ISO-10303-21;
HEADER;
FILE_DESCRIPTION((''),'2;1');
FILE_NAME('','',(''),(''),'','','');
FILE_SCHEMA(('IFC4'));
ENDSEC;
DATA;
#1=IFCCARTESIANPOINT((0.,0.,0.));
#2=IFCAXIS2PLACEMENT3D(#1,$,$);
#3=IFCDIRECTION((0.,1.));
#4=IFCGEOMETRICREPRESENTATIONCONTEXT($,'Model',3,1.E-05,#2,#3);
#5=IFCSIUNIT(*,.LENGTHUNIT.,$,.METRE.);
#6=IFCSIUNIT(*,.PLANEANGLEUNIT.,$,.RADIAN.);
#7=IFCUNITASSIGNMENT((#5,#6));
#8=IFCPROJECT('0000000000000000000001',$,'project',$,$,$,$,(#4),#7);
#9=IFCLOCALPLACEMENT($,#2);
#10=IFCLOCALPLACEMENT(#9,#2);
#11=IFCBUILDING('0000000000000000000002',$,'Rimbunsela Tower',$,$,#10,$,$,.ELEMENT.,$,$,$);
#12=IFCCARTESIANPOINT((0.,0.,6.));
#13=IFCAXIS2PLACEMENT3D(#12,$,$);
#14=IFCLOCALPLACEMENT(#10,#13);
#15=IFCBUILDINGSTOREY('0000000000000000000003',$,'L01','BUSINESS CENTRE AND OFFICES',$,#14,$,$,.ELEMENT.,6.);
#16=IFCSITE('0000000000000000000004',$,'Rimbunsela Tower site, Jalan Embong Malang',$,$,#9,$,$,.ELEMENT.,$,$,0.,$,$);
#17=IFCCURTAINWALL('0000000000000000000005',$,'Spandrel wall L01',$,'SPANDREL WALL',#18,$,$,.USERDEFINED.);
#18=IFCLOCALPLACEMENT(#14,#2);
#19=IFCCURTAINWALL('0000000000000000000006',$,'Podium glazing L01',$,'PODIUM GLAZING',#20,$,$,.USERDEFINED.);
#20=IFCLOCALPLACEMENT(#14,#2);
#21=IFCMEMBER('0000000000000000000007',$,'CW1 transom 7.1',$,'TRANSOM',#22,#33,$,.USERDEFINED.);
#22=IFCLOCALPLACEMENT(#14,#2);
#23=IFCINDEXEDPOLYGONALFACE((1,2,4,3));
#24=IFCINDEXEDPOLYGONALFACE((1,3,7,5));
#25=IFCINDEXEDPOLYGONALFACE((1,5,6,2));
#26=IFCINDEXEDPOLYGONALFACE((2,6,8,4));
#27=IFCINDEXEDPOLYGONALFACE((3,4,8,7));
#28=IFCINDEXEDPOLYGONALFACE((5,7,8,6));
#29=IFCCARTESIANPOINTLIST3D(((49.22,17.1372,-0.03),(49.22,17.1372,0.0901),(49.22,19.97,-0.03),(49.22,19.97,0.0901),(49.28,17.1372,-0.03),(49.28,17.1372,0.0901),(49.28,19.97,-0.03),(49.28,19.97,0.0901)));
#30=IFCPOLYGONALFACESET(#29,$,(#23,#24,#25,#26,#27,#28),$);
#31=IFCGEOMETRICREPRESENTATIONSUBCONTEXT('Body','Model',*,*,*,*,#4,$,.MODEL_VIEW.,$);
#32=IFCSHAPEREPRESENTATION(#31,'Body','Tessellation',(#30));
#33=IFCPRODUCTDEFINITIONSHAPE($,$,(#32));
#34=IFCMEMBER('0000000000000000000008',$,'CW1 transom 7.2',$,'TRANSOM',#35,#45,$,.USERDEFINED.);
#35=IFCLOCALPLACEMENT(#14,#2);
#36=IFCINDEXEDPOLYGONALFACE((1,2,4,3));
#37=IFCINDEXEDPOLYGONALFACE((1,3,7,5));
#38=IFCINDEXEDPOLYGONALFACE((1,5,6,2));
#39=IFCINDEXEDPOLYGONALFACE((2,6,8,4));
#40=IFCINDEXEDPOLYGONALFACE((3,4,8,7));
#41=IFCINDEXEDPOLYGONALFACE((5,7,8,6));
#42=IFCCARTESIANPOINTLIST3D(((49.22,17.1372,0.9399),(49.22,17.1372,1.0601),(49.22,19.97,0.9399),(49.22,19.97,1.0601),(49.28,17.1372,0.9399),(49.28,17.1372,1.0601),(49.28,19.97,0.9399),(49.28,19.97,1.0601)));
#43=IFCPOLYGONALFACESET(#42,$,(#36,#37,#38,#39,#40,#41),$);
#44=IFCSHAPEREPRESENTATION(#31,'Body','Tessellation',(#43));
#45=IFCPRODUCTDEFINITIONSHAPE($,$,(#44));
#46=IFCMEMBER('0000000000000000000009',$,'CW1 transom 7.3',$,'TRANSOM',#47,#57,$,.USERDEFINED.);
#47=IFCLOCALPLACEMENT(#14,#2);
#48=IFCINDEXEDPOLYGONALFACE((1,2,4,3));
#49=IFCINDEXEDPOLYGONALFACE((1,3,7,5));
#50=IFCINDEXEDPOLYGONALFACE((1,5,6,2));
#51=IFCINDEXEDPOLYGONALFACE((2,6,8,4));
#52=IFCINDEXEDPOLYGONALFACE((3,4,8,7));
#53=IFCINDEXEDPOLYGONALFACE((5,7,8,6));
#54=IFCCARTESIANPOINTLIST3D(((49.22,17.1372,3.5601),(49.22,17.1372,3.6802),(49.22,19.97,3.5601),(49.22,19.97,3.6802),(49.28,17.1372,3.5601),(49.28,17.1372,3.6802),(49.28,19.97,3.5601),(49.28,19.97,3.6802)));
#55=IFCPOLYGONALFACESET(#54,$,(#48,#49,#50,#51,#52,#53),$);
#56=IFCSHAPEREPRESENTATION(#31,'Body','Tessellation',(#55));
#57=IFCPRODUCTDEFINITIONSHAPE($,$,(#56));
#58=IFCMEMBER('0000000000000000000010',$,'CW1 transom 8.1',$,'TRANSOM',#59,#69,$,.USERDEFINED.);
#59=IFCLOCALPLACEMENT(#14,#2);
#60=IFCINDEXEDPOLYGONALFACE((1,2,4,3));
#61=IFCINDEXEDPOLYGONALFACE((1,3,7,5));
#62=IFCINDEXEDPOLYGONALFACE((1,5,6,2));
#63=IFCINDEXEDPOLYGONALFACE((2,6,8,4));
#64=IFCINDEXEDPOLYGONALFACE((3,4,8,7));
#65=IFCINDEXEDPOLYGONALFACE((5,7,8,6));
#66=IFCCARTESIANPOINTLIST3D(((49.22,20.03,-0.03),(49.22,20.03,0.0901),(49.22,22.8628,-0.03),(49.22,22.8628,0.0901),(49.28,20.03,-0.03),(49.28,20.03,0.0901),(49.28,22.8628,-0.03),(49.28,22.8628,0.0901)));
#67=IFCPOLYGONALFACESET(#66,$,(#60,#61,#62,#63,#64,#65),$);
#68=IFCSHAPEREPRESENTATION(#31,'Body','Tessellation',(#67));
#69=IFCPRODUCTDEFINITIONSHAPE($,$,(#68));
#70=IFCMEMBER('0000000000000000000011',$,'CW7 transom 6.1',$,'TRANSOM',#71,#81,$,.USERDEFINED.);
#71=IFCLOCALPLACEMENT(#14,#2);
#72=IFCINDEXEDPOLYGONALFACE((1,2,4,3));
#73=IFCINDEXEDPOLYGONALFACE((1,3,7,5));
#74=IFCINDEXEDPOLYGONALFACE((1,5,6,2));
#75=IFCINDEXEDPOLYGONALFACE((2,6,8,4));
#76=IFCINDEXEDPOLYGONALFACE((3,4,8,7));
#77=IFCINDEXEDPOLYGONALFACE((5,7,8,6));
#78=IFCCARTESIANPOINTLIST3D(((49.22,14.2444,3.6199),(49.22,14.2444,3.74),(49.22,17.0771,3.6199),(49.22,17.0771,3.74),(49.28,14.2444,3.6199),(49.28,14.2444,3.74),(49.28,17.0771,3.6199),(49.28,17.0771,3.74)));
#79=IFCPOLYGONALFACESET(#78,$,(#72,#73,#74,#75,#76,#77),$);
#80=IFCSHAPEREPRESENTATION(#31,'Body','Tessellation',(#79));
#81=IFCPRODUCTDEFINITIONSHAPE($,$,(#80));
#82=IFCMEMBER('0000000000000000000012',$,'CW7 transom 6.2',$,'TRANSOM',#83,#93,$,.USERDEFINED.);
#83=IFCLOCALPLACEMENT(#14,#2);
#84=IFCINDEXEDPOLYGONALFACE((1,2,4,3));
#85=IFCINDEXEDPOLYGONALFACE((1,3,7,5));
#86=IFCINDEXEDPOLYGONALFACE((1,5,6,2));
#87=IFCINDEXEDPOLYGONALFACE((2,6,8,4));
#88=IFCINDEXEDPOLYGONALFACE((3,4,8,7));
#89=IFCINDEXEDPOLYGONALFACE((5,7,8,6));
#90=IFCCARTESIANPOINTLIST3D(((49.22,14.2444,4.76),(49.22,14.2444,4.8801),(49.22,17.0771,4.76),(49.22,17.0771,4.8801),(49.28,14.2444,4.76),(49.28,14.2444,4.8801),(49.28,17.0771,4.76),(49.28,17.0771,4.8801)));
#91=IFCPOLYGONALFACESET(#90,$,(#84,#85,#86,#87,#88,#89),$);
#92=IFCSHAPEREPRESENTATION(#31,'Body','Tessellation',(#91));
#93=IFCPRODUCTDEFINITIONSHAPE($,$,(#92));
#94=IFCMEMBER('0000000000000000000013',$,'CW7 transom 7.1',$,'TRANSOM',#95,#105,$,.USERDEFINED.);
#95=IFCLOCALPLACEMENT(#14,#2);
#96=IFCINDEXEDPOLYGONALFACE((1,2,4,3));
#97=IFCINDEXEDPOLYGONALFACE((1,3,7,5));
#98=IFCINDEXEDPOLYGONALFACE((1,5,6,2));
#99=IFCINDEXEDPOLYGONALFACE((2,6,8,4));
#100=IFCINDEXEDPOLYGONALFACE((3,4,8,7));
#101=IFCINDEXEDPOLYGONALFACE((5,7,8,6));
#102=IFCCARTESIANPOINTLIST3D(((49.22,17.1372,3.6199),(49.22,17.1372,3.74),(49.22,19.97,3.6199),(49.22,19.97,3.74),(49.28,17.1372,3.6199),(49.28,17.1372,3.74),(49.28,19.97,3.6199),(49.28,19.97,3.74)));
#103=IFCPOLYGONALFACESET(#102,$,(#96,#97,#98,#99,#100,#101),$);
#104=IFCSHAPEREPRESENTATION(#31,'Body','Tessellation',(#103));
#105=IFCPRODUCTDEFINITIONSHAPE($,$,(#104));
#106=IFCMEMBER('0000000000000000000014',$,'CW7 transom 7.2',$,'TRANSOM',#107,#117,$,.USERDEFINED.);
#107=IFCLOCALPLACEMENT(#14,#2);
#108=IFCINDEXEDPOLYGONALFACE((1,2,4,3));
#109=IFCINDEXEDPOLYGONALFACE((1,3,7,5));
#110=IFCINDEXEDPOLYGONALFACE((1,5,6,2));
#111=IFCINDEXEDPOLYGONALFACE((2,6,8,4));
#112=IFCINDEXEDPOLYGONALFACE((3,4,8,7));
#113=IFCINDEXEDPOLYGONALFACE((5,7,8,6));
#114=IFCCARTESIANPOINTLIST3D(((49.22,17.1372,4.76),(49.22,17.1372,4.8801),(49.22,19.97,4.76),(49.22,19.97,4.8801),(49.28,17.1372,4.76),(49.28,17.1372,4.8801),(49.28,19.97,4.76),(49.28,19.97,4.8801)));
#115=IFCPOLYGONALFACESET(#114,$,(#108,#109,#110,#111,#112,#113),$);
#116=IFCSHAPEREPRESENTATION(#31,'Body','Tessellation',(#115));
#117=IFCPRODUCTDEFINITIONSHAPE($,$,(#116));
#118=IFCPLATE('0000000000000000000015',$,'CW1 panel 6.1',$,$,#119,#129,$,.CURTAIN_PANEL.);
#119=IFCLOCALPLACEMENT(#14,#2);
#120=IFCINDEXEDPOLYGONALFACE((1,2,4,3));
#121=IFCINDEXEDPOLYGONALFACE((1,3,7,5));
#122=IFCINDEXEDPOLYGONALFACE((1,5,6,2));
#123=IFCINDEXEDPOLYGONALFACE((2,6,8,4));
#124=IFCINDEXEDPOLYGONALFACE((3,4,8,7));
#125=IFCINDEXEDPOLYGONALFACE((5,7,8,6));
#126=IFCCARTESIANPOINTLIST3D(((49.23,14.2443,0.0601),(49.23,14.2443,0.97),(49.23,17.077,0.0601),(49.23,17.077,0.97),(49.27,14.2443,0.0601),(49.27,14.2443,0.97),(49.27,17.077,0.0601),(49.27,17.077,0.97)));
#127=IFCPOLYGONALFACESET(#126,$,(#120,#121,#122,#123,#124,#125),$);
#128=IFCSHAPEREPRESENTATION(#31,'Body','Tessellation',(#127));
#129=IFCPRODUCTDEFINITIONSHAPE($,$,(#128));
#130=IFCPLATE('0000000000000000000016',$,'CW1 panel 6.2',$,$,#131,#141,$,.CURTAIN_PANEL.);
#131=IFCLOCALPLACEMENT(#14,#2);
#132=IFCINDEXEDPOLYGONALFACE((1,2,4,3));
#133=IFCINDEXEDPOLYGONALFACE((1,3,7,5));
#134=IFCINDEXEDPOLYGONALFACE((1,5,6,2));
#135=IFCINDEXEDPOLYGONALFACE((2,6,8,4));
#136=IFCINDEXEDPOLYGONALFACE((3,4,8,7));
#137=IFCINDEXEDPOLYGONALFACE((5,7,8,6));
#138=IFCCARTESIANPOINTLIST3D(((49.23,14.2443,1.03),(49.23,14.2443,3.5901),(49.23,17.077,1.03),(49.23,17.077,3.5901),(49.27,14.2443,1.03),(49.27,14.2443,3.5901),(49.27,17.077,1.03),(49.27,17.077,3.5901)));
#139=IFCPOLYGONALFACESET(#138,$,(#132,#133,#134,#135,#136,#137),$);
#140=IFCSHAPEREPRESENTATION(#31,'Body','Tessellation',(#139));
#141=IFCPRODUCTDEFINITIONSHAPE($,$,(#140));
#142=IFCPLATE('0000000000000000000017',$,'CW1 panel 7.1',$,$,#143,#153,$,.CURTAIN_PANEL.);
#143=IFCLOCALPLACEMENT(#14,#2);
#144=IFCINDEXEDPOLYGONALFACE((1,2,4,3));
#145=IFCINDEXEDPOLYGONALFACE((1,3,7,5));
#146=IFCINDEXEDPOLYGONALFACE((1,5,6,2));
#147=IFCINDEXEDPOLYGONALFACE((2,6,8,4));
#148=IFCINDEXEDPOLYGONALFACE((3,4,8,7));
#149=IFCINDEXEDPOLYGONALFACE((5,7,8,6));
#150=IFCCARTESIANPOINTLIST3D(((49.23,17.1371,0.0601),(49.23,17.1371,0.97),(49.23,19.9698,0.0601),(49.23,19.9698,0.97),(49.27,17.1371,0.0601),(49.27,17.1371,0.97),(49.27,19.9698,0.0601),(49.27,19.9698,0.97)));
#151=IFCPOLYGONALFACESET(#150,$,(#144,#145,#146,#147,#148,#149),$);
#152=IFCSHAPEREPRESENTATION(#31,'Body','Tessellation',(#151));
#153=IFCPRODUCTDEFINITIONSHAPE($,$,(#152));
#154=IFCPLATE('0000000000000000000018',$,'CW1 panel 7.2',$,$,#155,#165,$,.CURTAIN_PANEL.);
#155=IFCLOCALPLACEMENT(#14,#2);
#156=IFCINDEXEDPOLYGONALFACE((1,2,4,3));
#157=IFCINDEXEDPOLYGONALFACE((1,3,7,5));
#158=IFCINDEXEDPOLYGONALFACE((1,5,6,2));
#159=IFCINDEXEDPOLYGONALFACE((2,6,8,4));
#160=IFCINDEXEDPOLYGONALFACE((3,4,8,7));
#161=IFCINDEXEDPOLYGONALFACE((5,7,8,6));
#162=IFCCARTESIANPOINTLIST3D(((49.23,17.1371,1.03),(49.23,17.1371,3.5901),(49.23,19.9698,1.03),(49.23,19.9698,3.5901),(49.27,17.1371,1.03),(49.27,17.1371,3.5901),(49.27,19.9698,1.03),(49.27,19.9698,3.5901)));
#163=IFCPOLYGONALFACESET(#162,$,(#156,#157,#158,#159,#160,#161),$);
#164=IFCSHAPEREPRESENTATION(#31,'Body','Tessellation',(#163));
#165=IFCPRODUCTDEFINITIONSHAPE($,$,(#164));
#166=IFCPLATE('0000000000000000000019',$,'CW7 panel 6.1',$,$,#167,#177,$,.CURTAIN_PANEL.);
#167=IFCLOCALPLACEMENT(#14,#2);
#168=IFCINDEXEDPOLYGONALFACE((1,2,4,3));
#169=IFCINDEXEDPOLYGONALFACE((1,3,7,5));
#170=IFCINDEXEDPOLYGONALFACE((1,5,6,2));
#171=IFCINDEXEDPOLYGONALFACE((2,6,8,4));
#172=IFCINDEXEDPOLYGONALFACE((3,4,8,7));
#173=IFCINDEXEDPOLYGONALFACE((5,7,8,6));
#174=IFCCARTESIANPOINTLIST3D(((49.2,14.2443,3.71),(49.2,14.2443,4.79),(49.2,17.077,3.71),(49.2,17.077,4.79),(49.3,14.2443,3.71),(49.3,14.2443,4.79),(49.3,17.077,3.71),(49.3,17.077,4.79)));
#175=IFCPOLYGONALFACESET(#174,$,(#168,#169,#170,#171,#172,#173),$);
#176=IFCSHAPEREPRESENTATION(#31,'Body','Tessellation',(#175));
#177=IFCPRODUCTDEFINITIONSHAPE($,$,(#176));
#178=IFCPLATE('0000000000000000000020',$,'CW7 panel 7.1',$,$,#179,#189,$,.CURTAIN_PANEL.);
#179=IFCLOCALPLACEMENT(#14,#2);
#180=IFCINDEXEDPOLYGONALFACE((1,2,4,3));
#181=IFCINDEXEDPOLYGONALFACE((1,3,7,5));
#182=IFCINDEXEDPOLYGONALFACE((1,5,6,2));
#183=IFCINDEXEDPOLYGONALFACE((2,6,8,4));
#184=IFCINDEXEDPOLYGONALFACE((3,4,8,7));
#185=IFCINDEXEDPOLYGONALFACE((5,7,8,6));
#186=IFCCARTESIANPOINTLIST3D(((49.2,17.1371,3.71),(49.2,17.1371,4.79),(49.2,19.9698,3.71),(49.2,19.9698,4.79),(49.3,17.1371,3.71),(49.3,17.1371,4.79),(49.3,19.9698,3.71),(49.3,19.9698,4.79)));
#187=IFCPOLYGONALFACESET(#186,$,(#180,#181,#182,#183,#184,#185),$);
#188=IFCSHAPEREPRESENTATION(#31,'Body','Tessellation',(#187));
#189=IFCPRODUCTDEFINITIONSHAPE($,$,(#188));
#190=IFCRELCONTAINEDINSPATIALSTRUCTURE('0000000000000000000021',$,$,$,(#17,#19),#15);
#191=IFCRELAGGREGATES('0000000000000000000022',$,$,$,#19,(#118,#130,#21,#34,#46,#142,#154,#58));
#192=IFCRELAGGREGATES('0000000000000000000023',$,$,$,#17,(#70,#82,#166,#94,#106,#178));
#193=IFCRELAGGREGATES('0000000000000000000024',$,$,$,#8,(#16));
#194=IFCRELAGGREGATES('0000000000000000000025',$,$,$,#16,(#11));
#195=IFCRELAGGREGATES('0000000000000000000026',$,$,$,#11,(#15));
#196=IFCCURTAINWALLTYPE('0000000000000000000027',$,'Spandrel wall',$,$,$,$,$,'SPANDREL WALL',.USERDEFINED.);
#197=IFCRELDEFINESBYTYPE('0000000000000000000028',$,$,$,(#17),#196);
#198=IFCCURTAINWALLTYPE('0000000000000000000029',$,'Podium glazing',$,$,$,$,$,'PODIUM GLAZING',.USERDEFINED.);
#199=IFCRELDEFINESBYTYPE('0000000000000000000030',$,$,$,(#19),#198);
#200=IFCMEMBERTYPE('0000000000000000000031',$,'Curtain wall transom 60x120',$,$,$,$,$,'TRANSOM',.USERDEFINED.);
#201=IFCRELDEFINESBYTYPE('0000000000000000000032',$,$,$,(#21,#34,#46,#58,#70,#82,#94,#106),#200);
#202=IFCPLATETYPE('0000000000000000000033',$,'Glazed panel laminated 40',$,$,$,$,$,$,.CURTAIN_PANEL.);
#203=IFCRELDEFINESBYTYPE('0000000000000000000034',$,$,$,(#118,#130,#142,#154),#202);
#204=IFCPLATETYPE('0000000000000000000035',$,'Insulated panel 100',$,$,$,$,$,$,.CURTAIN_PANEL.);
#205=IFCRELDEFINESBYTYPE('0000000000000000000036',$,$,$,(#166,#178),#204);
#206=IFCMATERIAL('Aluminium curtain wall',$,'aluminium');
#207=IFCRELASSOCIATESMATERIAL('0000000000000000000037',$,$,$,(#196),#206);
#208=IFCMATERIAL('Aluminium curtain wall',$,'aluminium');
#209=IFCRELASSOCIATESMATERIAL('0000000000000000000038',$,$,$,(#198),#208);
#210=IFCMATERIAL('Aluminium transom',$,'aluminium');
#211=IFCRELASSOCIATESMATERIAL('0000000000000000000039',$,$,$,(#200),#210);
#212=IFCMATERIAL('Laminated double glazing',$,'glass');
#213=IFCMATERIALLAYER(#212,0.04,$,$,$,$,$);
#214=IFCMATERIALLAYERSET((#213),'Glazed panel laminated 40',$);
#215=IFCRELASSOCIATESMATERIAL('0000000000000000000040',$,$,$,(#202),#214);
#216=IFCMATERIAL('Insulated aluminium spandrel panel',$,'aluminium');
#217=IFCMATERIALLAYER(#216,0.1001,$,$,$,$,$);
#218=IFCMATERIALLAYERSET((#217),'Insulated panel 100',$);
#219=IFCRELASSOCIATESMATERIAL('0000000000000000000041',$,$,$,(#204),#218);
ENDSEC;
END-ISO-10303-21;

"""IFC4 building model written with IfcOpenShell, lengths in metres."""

from ifc_helpers import new_model, si_unit, direction, frame, origin, origin_2d, place, context, subcontext, project, spatial, rectangle, extrude, material, layer, layer_set, material_profile, profile_set, type_object, element, aggregate, save


model = new_model("IFC4")

# Units and contexts
model_context = context("Model", 3, precision=1e-05, world=origin(), true_north=direction((0.0, 1.0)))
body_context = subcontext(model_context, "Body", "Model", "MODEL_VIEW")
ifc_project = project(units=[si_unit("LENGTHUNIT", "METRE"), si_unit("PLANEANGLEUNIT", "RADIAN")], contexts=[model_context])

# Site, building, storey
site_placement = place(None, origin())
site = spatial("IfcSite", under=ifc_project, at=site_placement, Name="Rimbunsela Tower site, Jalan Embong Malang", CompositionType="ELEMENT", RefElevation=0.0)
building_placement = place(site_placement, origin())
building = spatial("IfcBuilding", under=site, at=building_placement, Name="Rimbunsela Tower", CompositionType="ELEMENT")
storey_placement = place(building_placement, frame((0.0, 0.0, 6.0)))
storey = spatial("IfcBuildingStorey", under=building, at=storey_placement, Name="L01", Description="BUSINESS CENTRE AND OFFICES", CompositionType="ELEMENT", Elevation=6.0)

# Curtain walls, members
ifc_material_1 = material(Name="Aluminium curtain wall", Category="aluminium")
curtain_wall_type_1 = type_object("IfcCurtainWallType", Name="Spandrel wall", ElementType="SPANDREL WALL", PredefinedType="USERDEFINED", material=ifc_material_1)
curtain_wall_1_placement = place(storey_placement, origin())
curtain_wall_1 = element("IfcCurtainWall", 1, at=curtain_wall_1_placement, inside=storey, type_object=curtain_wall_type_1, Name="Spandrel wall L01", ObjectType="SPANDREL WALL", PredefinedType="USERDEFINED")
ifc_material_2 = material(Name="Aluminium curtain wall", Category="aluminium")
curtain_wall_type_2 = type_object("IfcCurtainWallType", Name="Podium glazing", ElementType="PODIUM GLAZING", PredefinedType="USERDEFINED", material=ifc_material_2)
curtain_wall_2_placement = place(storey_placement, origin())
curtain_wall_2 = element("IfcCurtainWall", 2, at=curtain_wall_2_placement, inside=storey, type_object=curtain_wall_type_2, Name="Podium glazing L01", ObjectType="PODIUM GLAZING", PredefinedType="USERDEFINED")
ifc_material_3 = material(Name="Aluminium transom", Category="aluminium")
ifc_material_profile_1 = material_profile(ifc_material_3, rectangle(XDim=0.0601, YDim=0.1201, at=origin_2d()), Name="Transom 60x120")
ifc_profile_set_1 = profile_set([ifc_material_profile_1], Name="Aluminium transom")
member_type_1 = type_object("IfcMemberType", Name="Curtain wall transom 60x120", ElementType="TRANSOM", PredefinedType="USERDEFINED", material=ifc_profile_set_1)
member_1_placement = place(storey_placement, frame((49.25, 17.1372, 0.03), z_axis=(0.0, 1.0, 0.0), x_axis=(-1.0, 0.0, 0.0)))
member_1 = element("IfcMember", 3, at=member_1_placement, type_object=member_type_1, Name="CW1 transom 7.1", ObjectType="TRANSOM", PredefinedType="USERDEFINED", context=body_context, shape_type="SweptSolid", body=[
    extrude(rectangle(XDim=0.0601, YDim=0.1201, at=origin_2d()), origin(), (0.0, 0.0, 1.0), 2.8328),
])
member_2_placement = place(storey_placement, frame((49.25, 17.1372, 1.0), z_axis=(0.0, 1.0, 0.0), x_axis=(-1.0, 0.0, 0.0)))
member_2 = element("IfcMember", 4, at=member_2_placement, type_object=member_type_1, Name="CW1 transom 7.2", ObjectType="TRANSOM", PredefinedType="USERDEFINED", context=body_context, shape_type="SweptSolid", body=[
    extrude(rectangle(XDim=0.0601, YDim=0.1201, at=origin_2d()), origin(), (0.0, 0.0, 1.0), 2.8328),
])
member_3_placement = place(storey_placement, frame((49.25, 17.1372, 3.6201), z_axis=(0.0, 1.0, 0.0), x_axis=(-1.0, 0.0, 0.0)))
member_3 = element("IfcMember", 5, at=member_3_placement, type_object=member_type_1, Name="CW1 transom 7.3", ObjectType="TRANSOM", PredefinedType="USERDEFINED", context=body_context, shape_type="SweptSolid", body=[
    extrude(rectangle(XDim=0.0601, YDim=0.1201, at=origin_2d()), origin(), (0.0, 0.0, 1.0), 2.8328),
])
member_4_placement = place(storey_placement, frame((49.25, 20.03, 0.03), z_axis=(0.0, 1.0, 0.0), x_axis=(-1.0, 0.0, 0.0)))
member_4 = element("IfcMember", 6, at=member_4_placement, type_object=member_type_1, Name="CW1 transom 8.1", ObjectType="TRANSOM", PredefinedType="USERDEFINED", context=body_context, shape_type="SweptSolid", body=[
    extrude(rectangle(XDim=0.0601, YDim=0.1201, at=origin_2d()), origin(), (0.0, 0.0, 1.0), 2.8328),
])

# Members
member_5_placement = place(storey_placement, frame((49.25, 14.2444, 3.6799), z_axis=(0.0, 1.0, 0.0), x_axis=(-1.0, 0.0, 0.0)))
member_5 = element("IfcMember", 7, at=member_5_placement, type_object=member_type_1, Name="CW7 transom 6.1", ObjectType="TRANSOM", PredefinedType="USERDEFINED", context=body_context, shape_type="SweptSolid", body=[
    extrude(rectangle(XDim=0.0601, YDim=0.1201, at=origin_2d()), origin(), (0.0, 0.0, 1.0), 2.8328),
])
member_6_placement = place(storey_placement, frame((49.25, 14.2444, 4.8201), z_axis=(0.0, 1.0, 0.0), x_axis=(-1.0, 0.0, 0.0)))
member_6 = element("IfcMember", 8, at=member_6_placement, type_object=member_type_1, Name="CW7 transom 6.2", ObjectType="TRANSOM", PredefinedType="USERDEFINED", context=body_context, shape_type="SweptSolid", body=[
    extrude(rectangle(XDim=0.0601, YDim=0.1201, at=origin_2d()), origin(), (0.0, 0.0, 1.0), 2.8328),
])
member_7_placement = place(storey_placement, frame((49.25, 17.1372, 3.6799), z_axis=(0.0, 1.0, 0.0), x_axis=(-1.0, 0.0, 0.0)))
member_7 = element("IfcMember", 9, at=member_7_placement, type_object=member_type_1, Name="CW7 transom 7.1", ObjectType="TRANSOM", PredefinedType="USERDEFINED", context=body_context, shape_type="SweptSolid", body=[
    extrude(rectangle(XDim=0.0601, YDim=0.1201, at=origin_2d()), origin(), (0.0, 0.0, 1.0), 2.8328),
])
member_8_placement = place(storey_placement, frame((49.25, 17.1372, 4.8201), z_axis=(0.0, 1.0, 0.0), x_axis=(-1.0, 0.0, 0.0)))
member_8 = element("IfcMember", 10, at=member_8_placement, type_object=member_type_1, Name="CW7 transom 7.2", ObjectType="TRANSOM", PredefinedType="USERDEFINED", context=body_context, shape_type="SweptSolid", body=[
    extrude(rectangle(XDim=0.0601, YDim=0.1201, at=origin_2d()), origin(), (0.0, 0.0, 1.0), 2.8328),
])

# Plates
ifc_material_4 = material(Name="Laminated double glazing", Category="glass")
ifc_layer_1 = layer(ifc_material_4, 0.04)
ifc_layer_set_1 = layer_set([ifc_layer_1], Name="Glazed panel laminated 40")
plate_type_1 = type_object("IfcPlateType", Name="Glazed panel laminated 40", PredefinedType="CURTAIN_PANEL", material=ifc_layer_set_1)
plate_1_placement = place(storey_placement, frame((49.25, 15.6606, 0.0601), z_axis=(0.0, 0.0, 1.0), x_axis=(0.0, 1.0, 0.0)))
plate_1 = element("IfcPlate", 11, at=plate_1_placement, type_object=plate_type_1, Name="CW1 panel 6.1", PredefinedType="CURTAIN_PANEL", context=body_context, shape_type="SweptSolid", body=[
    extrude(rectangle(XDim=2.8328, YDim=0.04, at=origin_2d()), origin(), (0.0, 0.0, 1.0), 0.9099),
])
plate_2_placement = place(storey_placement, frame((49.25, 15.6606, 1.03), z_axis=(0.0, 0.0, 1.0), x_axis=(0.0, 1.0, 0.0)))
plate_2 = element("IfcPlate", 12, at=plate_2_placement, type_object=plate_type_1, Name="CW1 panel 6.2", PredefinedType="CURTAIN_PANEL", context=body_context, shape_type="SweptSolid", body=[
    extrude(rectangle(XDim=2.8328, YDim=0.04, at=origin_2d()), origin(), (0.0, 0.0, 1.0), 2.5601),
])
plate_3_placement = place(storey_placement, frame((49.25, 18.5535, 0.0601), z_axis=(0.0, 0.0, 1.0), x_axis=(0.0, 1.0, 0.0)))
plate_3 = element("IfcPlate", 13, at=plate_3_placement, type_object=plate_type_1, Name="CW1 panel 7.1", PredefinedType="CURTAIN_PANEL", context=body_context, shape_type="SweptSolid", body=[
    extrude(rectangle(XDim=2.8328, YDim=0.04, at=origin_2d()), origin(), (0.0, 0.0, 1.0), 0.9099),
])
plate_4_placement = place(storey_placement, frame((49.25, 18.5535, 1.03), z_axis=(0.0, 0.0, 1.0), x_axis=(0.0, 1.0, 0.0)))
plate_4 = element("IfcPlate", 14, at=plate_4_placement, type_object=plate_type_1, Name="CW1 panel 7.2", PredefinedType="CURTAIN_PANEL", context=body_context, shape_type="SweptSolid", body=[
    extrude(rectangle(XDim=2.8328, YDim=0.04, at=origin_2d()), origin(), (0.0, 0.0, 1.0), 2.5601),
])
aggregate(curtain_wall_2, [plate_1, plate_2, member_1, member_2, member_3, plate_3, plate_4, member_4])
ifc_material_5 = material(Name="Insulated aluminium spandrel panel", Category="aluminium")
ifc_layer_2 = layer(ifc_material_5, 0.1001)
ifc_layer_set_2 = layer_set([ifc_layer_2], Name="Insulated panel 100")
plate_type_2 = type_object("IfcPlateType", Name="Insulated panel 100", PredefinedType="CURTAIN_PANEL", material=ifc_layer_set_2)
plate_5_placement = place(storey_placement, frame((49.25, 15.6606, 3.71), z_axis=(0.0, 0.0, 1.0), x_axis=(0.0, 1.0, 0.0)))
plate_5 = element("IfcPlate", 15, at=plate_5_placement, type_object=plate_type_2, Name="CW7 panel 6.1", PredefinedType="CURTAIN_PANEL", context=body_context, shape_type="SweptSolid", body=[
    extrude(rectangle(XDim=2.8328, YDim=0.1001, at=origin_2d()), origin(), (0.0, 0.0, 1.0), 1.0801),
])
plate_6_placement = place(storey_placement, frame((49.25, 18.5535, 3.71), z_axis=(0.0, 0.0, 1.0), x_axis=(0.0, 1.0, 0.0)))
plate_6 = element("IfcPlate", 16, at=plate_6_placement, type_object=plate_type_2, Name="CW7 panel 7.1", PredefinedType="CURTAIN_PANEL", context=body_context, shape_type="SweptSolid", body=[
    extrude(rectangle(XDim=2.8328, YDim=0.1001, at=origin_2d()), origin(), (0.0, 0.0, 1.0), 1.0801),
])
aggregate(curtain_wall_1, [member_5, member_6, plate_5, member_7, member_8, plate_6])

save(model, "model.ifc")
